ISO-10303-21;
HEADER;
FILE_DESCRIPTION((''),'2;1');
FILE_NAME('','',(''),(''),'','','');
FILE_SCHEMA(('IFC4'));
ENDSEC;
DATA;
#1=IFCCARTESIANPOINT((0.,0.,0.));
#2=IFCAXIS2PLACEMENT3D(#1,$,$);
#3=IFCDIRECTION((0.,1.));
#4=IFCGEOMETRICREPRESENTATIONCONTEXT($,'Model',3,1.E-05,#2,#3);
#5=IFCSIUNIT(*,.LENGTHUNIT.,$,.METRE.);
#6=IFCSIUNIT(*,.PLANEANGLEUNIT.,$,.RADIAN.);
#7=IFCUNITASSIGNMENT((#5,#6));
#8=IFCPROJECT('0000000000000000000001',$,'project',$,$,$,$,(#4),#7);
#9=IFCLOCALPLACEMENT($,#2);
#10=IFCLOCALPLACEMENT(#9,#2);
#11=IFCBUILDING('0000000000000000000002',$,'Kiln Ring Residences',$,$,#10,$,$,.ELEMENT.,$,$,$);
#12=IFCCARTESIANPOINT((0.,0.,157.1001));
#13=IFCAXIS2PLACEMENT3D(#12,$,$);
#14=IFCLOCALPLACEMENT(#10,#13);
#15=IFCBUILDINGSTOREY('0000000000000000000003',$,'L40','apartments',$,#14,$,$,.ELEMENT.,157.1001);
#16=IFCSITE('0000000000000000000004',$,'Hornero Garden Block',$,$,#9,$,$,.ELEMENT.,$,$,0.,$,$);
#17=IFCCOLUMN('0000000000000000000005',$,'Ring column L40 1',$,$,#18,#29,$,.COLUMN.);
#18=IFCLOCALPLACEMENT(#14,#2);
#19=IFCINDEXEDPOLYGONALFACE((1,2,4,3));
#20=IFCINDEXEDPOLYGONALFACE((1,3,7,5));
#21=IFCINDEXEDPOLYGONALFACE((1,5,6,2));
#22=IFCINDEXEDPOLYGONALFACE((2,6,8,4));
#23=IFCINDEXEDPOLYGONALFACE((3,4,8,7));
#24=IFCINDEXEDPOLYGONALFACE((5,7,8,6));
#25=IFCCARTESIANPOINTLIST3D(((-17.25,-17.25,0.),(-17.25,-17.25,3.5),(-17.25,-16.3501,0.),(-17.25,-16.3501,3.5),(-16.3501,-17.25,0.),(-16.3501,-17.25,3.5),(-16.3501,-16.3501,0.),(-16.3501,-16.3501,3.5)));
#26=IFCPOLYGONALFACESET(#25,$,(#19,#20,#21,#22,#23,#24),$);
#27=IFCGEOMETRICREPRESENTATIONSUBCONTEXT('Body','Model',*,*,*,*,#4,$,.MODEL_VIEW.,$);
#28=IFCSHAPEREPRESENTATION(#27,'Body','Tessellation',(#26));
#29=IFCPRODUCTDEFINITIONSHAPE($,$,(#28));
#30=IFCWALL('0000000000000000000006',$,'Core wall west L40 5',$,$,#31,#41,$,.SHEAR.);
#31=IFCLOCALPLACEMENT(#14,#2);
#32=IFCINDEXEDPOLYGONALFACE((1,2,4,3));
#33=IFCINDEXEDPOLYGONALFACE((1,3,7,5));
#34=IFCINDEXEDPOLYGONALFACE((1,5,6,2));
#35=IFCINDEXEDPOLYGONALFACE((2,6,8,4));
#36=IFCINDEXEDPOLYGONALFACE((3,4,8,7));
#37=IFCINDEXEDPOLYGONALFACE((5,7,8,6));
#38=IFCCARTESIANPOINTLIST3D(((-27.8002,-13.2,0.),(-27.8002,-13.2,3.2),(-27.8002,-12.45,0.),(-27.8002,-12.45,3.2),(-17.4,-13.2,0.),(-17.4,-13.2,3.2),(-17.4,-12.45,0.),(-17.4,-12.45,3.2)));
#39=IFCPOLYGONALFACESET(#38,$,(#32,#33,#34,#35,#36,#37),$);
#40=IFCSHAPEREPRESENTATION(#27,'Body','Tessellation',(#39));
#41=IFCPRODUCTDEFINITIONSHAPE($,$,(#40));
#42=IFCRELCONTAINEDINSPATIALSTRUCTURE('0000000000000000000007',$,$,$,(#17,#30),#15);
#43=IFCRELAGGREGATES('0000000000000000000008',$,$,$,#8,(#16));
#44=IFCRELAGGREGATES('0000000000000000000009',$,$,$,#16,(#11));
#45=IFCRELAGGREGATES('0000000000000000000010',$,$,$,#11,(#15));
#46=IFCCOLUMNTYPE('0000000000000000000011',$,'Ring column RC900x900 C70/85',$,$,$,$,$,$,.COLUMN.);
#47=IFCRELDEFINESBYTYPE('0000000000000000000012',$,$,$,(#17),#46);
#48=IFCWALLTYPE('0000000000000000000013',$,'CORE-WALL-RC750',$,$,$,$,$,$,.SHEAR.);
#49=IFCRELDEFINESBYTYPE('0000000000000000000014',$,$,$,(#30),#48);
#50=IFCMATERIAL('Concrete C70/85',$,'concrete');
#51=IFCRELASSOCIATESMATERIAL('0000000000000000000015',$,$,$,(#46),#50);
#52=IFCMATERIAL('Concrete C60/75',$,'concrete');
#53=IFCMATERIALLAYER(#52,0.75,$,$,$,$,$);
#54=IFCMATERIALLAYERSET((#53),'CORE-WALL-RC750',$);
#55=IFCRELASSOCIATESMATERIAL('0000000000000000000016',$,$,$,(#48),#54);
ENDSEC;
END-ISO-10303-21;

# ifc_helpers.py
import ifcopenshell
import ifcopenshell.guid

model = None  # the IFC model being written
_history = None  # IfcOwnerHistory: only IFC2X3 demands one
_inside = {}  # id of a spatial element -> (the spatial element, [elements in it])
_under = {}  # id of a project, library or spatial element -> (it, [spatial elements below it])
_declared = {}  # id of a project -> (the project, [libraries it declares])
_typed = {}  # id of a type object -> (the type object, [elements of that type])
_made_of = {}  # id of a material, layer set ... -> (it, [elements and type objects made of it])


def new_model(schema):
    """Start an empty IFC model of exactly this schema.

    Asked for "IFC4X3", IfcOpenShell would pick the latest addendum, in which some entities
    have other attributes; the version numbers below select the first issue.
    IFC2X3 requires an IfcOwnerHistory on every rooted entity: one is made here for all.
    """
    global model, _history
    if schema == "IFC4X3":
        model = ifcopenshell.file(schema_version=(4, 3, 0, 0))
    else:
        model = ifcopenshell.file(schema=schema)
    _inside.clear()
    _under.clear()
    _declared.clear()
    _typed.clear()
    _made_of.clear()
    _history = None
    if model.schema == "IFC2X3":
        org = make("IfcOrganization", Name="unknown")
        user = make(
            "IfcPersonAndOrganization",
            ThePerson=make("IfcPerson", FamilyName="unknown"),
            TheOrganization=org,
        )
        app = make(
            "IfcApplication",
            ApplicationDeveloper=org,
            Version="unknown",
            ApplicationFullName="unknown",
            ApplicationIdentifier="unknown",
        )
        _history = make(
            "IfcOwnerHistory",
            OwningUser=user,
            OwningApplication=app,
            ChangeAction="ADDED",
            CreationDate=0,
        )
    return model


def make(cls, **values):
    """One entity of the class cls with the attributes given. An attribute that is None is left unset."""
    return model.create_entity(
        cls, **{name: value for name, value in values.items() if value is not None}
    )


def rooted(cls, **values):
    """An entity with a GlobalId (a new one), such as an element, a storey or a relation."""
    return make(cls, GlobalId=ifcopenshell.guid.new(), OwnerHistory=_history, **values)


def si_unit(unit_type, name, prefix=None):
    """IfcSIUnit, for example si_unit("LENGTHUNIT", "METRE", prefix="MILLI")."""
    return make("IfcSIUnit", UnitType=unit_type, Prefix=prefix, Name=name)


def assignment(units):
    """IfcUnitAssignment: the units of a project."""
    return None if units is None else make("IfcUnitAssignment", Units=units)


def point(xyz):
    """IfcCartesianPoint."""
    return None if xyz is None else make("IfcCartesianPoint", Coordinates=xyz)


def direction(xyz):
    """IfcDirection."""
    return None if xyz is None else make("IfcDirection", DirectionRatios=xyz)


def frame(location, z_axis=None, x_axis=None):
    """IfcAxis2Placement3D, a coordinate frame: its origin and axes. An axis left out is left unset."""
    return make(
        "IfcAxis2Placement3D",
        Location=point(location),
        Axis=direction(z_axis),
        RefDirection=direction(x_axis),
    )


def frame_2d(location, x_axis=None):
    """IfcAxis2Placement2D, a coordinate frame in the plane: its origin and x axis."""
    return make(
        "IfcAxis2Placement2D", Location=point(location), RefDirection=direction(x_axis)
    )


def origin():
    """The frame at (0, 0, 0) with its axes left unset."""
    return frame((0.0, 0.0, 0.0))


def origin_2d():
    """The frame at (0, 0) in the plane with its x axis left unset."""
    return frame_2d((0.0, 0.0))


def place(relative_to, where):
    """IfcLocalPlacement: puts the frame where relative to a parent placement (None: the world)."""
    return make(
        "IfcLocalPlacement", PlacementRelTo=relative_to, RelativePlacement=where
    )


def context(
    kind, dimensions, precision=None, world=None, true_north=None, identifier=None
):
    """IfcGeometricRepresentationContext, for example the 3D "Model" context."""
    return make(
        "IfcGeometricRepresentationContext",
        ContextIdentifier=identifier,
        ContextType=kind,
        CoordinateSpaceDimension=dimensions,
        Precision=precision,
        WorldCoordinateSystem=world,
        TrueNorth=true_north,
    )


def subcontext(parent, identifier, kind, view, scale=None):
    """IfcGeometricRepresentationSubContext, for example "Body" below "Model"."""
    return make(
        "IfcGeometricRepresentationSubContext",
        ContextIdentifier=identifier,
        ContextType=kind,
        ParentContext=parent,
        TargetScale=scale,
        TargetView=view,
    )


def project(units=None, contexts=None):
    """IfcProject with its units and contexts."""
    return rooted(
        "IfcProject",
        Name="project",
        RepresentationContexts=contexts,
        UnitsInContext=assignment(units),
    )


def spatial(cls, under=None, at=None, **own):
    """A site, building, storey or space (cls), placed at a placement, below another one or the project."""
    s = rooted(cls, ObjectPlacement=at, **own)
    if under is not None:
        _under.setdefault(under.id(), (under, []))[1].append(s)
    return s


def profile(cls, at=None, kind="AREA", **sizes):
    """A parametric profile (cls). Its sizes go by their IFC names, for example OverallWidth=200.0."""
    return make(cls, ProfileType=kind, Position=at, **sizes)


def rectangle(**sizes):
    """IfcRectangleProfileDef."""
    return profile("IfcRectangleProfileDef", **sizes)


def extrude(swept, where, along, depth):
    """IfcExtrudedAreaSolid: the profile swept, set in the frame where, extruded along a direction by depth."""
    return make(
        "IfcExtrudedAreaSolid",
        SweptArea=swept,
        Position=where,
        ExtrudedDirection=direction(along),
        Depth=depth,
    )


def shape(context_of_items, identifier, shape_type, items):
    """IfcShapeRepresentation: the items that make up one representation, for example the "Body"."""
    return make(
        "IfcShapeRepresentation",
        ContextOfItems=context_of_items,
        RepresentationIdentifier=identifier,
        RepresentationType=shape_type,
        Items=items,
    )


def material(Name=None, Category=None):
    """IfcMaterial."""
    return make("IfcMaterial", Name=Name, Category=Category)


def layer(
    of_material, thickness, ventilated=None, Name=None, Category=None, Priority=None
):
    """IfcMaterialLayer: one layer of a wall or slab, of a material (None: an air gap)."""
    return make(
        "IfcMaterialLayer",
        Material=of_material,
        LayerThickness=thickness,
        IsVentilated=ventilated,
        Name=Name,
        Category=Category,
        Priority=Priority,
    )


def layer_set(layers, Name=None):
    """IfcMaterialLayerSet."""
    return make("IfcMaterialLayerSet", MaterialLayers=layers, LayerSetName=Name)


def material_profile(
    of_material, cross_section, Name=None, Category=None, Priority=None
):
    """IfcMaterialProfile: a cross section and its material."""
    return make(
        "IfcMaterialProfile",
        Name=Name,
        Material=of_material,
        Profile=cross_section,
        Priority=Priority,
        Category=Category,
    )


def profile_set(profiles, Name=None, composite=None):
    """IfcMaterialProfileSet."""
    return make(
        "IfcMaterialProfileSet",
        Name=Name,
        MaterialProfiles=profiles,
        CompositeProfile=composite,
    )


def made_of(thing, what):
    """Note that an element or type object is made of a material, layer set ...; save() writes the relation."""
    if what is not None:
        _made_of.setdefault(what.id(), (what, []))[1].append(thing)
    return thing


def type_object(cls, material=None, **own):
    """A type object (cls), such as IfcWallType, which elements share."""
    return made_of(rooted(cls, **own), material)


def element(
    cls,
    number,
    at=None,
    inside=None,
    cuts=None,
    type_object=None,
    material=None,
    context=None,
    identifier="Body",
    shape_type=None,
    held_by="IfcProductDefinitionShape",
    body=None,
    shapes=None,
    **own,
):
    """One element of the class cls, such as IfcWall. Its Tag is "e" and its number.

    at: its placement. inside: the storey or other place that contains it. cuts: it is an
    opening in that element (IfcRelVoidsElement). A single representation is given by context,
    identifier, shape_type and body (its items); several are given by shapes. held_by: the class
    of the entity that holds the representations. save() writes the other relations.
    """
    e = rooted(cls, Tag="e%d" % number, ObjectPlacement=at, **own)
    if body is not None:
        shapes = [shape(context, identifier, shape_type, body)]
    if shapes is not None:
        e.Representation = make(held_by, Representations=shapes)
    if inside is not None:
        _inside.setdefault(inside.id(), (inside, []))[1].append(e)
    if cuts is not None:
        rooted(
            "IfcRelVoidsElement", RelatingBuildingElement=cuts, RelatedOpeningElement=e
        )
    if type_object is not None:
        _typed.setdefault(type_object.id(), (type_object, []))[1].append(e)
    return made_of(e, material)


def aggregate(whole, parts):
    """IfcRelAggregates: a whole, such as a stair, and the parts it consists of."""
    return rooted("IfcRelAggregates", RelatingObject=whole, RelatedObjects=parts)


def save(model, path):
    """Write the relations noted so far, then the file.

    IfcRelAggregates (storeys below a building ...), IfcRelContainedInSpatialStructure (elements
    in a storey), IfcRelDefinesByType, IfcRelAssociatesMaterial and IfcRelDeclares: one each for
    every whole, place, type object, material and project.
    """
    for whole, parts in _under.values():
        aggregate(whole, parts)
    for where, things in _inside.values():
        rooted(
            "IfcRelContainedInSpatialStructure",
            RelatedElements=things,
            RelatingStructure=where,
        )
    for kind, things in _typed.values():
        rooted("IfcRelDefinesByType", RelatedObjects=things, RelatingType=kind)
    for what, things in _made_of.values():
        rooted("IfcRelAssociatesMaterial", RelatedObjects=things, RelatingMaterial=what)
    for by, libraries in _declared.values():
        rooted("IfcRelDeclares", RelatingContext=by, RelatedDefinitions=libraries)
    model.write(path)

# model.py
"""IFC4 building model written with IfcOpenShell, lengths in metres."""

from ifc_helpers import new_model, si_unit, direction, frame, frame_2d, origin, origin_2d, place, context, subcontext, project, spatial, rectangle, extrude, material, layer, layer_set, material_profile, profile_set, type_object, element, save


model = new_model("IFC4")

# Units and contexts
model_context = context("Model", 3, precision=1e-05, world=origin(), true_north=direction((0.0, 1.0)))
body_context = subcontext(model_context, "Body", "Model", "MODEL_VIEW")
ifc_project = project(units=[si_unit("LENGTHUNIT", "METRE"), si_unit("PLANEANGLEUNIT", "RADIAN")], contexts=[model_context])

# Site, building, storey
site_placement = place(None, origin())
site = spatial("IfcSite", under=ifc_project, at=site_placement, Name="Hornero Garden Block", CompositionType="ELEMENT", RefElevation=0.0)
building_placement = place(site_placement, origin())
building = spatial("IfcBuilding", under=site, at=building_placement, Name="Kiln Ring Residences", CompositionType="ELEMENT")
storey_placement = place(building_placement, frame((0.0, 0.0, 157.1001)))
storey = spatial("IfcBuildingStorey", under=building, at=storey_placement, Name="L40", Description="apartments", CompositionType="ELEMENT", Elevation=157.1001)

# Column
ifc_material_1 = material(Name="Concrete C70/85", Category="concrete")
ifc_material_profile = material_profile(ifc_material_1, rectangle(XDim=0.8999, YDim=0.8999, at=origin_2d()), Name="RC900x900")
ifc_profile_set = profile_set([ifc_material_profile], Name="Concrete C70/85")
column_type = type_object("IfcColumnType", Name="Ring column RC900x900 C70/85", PredefinedType="COLUMN", material=ifc_profile_set)
column_placement = place(storey_placement, frame((-16.8, -16.8, 0.0), z_axis=(0.0, 0.0, 1.0), x_axis=(1.0, 0.0, 0.0)))
element("IfcColumn", 1, at=column_placement, inside=storey, type_object=column_type, Name="Ring column L40 1", PredefinedType="COLUMN", context=body_context, shape_type="SweptSolid", body=[
    extrude(rectangle(XDim=0.8999, YDim=0.8999, at=origin_2d()), origin(), (0.0, 0.0, 1.0), 3.5),
])

# Wall
ifc_material_2 = material(Name="Concrete C60/75", Category="concrete")
ifc_layer_1 = layer(ifc_material_2, 0.75)
ifc_layer_set_1 = layer_set([ifc_layer_1], Name="CORE-WALL-RC750")
wall_type_1 = type_object("IfcWallType", Name="CORE-WALL-RC750", PredefinedType="SHEAR", material=ifc_layer_set_1)
wall_1_placement = place(storey_placement, frame((-17.3999, -12.825, 0.0), z_axis=(0.0, 0.0, 1.0), x_axis=(-1.0, 0.0, 0.0)))
element("IfcWall", 2, at=wall_1_placement, inside=storey, type_object=wall_type_1, Name="Core wall west L40 5", PredefinedType="SHEAR", context=body_context, shape_type="SweptSolid", body=[
    extrude(rectangle(XDim=10.4001, YDim=0.75, at=frame_2d((5.2002, 0.0))), origin(), (0.0, 0.0, 1.0), 3.2),
])

save(model, "model.ifc")
